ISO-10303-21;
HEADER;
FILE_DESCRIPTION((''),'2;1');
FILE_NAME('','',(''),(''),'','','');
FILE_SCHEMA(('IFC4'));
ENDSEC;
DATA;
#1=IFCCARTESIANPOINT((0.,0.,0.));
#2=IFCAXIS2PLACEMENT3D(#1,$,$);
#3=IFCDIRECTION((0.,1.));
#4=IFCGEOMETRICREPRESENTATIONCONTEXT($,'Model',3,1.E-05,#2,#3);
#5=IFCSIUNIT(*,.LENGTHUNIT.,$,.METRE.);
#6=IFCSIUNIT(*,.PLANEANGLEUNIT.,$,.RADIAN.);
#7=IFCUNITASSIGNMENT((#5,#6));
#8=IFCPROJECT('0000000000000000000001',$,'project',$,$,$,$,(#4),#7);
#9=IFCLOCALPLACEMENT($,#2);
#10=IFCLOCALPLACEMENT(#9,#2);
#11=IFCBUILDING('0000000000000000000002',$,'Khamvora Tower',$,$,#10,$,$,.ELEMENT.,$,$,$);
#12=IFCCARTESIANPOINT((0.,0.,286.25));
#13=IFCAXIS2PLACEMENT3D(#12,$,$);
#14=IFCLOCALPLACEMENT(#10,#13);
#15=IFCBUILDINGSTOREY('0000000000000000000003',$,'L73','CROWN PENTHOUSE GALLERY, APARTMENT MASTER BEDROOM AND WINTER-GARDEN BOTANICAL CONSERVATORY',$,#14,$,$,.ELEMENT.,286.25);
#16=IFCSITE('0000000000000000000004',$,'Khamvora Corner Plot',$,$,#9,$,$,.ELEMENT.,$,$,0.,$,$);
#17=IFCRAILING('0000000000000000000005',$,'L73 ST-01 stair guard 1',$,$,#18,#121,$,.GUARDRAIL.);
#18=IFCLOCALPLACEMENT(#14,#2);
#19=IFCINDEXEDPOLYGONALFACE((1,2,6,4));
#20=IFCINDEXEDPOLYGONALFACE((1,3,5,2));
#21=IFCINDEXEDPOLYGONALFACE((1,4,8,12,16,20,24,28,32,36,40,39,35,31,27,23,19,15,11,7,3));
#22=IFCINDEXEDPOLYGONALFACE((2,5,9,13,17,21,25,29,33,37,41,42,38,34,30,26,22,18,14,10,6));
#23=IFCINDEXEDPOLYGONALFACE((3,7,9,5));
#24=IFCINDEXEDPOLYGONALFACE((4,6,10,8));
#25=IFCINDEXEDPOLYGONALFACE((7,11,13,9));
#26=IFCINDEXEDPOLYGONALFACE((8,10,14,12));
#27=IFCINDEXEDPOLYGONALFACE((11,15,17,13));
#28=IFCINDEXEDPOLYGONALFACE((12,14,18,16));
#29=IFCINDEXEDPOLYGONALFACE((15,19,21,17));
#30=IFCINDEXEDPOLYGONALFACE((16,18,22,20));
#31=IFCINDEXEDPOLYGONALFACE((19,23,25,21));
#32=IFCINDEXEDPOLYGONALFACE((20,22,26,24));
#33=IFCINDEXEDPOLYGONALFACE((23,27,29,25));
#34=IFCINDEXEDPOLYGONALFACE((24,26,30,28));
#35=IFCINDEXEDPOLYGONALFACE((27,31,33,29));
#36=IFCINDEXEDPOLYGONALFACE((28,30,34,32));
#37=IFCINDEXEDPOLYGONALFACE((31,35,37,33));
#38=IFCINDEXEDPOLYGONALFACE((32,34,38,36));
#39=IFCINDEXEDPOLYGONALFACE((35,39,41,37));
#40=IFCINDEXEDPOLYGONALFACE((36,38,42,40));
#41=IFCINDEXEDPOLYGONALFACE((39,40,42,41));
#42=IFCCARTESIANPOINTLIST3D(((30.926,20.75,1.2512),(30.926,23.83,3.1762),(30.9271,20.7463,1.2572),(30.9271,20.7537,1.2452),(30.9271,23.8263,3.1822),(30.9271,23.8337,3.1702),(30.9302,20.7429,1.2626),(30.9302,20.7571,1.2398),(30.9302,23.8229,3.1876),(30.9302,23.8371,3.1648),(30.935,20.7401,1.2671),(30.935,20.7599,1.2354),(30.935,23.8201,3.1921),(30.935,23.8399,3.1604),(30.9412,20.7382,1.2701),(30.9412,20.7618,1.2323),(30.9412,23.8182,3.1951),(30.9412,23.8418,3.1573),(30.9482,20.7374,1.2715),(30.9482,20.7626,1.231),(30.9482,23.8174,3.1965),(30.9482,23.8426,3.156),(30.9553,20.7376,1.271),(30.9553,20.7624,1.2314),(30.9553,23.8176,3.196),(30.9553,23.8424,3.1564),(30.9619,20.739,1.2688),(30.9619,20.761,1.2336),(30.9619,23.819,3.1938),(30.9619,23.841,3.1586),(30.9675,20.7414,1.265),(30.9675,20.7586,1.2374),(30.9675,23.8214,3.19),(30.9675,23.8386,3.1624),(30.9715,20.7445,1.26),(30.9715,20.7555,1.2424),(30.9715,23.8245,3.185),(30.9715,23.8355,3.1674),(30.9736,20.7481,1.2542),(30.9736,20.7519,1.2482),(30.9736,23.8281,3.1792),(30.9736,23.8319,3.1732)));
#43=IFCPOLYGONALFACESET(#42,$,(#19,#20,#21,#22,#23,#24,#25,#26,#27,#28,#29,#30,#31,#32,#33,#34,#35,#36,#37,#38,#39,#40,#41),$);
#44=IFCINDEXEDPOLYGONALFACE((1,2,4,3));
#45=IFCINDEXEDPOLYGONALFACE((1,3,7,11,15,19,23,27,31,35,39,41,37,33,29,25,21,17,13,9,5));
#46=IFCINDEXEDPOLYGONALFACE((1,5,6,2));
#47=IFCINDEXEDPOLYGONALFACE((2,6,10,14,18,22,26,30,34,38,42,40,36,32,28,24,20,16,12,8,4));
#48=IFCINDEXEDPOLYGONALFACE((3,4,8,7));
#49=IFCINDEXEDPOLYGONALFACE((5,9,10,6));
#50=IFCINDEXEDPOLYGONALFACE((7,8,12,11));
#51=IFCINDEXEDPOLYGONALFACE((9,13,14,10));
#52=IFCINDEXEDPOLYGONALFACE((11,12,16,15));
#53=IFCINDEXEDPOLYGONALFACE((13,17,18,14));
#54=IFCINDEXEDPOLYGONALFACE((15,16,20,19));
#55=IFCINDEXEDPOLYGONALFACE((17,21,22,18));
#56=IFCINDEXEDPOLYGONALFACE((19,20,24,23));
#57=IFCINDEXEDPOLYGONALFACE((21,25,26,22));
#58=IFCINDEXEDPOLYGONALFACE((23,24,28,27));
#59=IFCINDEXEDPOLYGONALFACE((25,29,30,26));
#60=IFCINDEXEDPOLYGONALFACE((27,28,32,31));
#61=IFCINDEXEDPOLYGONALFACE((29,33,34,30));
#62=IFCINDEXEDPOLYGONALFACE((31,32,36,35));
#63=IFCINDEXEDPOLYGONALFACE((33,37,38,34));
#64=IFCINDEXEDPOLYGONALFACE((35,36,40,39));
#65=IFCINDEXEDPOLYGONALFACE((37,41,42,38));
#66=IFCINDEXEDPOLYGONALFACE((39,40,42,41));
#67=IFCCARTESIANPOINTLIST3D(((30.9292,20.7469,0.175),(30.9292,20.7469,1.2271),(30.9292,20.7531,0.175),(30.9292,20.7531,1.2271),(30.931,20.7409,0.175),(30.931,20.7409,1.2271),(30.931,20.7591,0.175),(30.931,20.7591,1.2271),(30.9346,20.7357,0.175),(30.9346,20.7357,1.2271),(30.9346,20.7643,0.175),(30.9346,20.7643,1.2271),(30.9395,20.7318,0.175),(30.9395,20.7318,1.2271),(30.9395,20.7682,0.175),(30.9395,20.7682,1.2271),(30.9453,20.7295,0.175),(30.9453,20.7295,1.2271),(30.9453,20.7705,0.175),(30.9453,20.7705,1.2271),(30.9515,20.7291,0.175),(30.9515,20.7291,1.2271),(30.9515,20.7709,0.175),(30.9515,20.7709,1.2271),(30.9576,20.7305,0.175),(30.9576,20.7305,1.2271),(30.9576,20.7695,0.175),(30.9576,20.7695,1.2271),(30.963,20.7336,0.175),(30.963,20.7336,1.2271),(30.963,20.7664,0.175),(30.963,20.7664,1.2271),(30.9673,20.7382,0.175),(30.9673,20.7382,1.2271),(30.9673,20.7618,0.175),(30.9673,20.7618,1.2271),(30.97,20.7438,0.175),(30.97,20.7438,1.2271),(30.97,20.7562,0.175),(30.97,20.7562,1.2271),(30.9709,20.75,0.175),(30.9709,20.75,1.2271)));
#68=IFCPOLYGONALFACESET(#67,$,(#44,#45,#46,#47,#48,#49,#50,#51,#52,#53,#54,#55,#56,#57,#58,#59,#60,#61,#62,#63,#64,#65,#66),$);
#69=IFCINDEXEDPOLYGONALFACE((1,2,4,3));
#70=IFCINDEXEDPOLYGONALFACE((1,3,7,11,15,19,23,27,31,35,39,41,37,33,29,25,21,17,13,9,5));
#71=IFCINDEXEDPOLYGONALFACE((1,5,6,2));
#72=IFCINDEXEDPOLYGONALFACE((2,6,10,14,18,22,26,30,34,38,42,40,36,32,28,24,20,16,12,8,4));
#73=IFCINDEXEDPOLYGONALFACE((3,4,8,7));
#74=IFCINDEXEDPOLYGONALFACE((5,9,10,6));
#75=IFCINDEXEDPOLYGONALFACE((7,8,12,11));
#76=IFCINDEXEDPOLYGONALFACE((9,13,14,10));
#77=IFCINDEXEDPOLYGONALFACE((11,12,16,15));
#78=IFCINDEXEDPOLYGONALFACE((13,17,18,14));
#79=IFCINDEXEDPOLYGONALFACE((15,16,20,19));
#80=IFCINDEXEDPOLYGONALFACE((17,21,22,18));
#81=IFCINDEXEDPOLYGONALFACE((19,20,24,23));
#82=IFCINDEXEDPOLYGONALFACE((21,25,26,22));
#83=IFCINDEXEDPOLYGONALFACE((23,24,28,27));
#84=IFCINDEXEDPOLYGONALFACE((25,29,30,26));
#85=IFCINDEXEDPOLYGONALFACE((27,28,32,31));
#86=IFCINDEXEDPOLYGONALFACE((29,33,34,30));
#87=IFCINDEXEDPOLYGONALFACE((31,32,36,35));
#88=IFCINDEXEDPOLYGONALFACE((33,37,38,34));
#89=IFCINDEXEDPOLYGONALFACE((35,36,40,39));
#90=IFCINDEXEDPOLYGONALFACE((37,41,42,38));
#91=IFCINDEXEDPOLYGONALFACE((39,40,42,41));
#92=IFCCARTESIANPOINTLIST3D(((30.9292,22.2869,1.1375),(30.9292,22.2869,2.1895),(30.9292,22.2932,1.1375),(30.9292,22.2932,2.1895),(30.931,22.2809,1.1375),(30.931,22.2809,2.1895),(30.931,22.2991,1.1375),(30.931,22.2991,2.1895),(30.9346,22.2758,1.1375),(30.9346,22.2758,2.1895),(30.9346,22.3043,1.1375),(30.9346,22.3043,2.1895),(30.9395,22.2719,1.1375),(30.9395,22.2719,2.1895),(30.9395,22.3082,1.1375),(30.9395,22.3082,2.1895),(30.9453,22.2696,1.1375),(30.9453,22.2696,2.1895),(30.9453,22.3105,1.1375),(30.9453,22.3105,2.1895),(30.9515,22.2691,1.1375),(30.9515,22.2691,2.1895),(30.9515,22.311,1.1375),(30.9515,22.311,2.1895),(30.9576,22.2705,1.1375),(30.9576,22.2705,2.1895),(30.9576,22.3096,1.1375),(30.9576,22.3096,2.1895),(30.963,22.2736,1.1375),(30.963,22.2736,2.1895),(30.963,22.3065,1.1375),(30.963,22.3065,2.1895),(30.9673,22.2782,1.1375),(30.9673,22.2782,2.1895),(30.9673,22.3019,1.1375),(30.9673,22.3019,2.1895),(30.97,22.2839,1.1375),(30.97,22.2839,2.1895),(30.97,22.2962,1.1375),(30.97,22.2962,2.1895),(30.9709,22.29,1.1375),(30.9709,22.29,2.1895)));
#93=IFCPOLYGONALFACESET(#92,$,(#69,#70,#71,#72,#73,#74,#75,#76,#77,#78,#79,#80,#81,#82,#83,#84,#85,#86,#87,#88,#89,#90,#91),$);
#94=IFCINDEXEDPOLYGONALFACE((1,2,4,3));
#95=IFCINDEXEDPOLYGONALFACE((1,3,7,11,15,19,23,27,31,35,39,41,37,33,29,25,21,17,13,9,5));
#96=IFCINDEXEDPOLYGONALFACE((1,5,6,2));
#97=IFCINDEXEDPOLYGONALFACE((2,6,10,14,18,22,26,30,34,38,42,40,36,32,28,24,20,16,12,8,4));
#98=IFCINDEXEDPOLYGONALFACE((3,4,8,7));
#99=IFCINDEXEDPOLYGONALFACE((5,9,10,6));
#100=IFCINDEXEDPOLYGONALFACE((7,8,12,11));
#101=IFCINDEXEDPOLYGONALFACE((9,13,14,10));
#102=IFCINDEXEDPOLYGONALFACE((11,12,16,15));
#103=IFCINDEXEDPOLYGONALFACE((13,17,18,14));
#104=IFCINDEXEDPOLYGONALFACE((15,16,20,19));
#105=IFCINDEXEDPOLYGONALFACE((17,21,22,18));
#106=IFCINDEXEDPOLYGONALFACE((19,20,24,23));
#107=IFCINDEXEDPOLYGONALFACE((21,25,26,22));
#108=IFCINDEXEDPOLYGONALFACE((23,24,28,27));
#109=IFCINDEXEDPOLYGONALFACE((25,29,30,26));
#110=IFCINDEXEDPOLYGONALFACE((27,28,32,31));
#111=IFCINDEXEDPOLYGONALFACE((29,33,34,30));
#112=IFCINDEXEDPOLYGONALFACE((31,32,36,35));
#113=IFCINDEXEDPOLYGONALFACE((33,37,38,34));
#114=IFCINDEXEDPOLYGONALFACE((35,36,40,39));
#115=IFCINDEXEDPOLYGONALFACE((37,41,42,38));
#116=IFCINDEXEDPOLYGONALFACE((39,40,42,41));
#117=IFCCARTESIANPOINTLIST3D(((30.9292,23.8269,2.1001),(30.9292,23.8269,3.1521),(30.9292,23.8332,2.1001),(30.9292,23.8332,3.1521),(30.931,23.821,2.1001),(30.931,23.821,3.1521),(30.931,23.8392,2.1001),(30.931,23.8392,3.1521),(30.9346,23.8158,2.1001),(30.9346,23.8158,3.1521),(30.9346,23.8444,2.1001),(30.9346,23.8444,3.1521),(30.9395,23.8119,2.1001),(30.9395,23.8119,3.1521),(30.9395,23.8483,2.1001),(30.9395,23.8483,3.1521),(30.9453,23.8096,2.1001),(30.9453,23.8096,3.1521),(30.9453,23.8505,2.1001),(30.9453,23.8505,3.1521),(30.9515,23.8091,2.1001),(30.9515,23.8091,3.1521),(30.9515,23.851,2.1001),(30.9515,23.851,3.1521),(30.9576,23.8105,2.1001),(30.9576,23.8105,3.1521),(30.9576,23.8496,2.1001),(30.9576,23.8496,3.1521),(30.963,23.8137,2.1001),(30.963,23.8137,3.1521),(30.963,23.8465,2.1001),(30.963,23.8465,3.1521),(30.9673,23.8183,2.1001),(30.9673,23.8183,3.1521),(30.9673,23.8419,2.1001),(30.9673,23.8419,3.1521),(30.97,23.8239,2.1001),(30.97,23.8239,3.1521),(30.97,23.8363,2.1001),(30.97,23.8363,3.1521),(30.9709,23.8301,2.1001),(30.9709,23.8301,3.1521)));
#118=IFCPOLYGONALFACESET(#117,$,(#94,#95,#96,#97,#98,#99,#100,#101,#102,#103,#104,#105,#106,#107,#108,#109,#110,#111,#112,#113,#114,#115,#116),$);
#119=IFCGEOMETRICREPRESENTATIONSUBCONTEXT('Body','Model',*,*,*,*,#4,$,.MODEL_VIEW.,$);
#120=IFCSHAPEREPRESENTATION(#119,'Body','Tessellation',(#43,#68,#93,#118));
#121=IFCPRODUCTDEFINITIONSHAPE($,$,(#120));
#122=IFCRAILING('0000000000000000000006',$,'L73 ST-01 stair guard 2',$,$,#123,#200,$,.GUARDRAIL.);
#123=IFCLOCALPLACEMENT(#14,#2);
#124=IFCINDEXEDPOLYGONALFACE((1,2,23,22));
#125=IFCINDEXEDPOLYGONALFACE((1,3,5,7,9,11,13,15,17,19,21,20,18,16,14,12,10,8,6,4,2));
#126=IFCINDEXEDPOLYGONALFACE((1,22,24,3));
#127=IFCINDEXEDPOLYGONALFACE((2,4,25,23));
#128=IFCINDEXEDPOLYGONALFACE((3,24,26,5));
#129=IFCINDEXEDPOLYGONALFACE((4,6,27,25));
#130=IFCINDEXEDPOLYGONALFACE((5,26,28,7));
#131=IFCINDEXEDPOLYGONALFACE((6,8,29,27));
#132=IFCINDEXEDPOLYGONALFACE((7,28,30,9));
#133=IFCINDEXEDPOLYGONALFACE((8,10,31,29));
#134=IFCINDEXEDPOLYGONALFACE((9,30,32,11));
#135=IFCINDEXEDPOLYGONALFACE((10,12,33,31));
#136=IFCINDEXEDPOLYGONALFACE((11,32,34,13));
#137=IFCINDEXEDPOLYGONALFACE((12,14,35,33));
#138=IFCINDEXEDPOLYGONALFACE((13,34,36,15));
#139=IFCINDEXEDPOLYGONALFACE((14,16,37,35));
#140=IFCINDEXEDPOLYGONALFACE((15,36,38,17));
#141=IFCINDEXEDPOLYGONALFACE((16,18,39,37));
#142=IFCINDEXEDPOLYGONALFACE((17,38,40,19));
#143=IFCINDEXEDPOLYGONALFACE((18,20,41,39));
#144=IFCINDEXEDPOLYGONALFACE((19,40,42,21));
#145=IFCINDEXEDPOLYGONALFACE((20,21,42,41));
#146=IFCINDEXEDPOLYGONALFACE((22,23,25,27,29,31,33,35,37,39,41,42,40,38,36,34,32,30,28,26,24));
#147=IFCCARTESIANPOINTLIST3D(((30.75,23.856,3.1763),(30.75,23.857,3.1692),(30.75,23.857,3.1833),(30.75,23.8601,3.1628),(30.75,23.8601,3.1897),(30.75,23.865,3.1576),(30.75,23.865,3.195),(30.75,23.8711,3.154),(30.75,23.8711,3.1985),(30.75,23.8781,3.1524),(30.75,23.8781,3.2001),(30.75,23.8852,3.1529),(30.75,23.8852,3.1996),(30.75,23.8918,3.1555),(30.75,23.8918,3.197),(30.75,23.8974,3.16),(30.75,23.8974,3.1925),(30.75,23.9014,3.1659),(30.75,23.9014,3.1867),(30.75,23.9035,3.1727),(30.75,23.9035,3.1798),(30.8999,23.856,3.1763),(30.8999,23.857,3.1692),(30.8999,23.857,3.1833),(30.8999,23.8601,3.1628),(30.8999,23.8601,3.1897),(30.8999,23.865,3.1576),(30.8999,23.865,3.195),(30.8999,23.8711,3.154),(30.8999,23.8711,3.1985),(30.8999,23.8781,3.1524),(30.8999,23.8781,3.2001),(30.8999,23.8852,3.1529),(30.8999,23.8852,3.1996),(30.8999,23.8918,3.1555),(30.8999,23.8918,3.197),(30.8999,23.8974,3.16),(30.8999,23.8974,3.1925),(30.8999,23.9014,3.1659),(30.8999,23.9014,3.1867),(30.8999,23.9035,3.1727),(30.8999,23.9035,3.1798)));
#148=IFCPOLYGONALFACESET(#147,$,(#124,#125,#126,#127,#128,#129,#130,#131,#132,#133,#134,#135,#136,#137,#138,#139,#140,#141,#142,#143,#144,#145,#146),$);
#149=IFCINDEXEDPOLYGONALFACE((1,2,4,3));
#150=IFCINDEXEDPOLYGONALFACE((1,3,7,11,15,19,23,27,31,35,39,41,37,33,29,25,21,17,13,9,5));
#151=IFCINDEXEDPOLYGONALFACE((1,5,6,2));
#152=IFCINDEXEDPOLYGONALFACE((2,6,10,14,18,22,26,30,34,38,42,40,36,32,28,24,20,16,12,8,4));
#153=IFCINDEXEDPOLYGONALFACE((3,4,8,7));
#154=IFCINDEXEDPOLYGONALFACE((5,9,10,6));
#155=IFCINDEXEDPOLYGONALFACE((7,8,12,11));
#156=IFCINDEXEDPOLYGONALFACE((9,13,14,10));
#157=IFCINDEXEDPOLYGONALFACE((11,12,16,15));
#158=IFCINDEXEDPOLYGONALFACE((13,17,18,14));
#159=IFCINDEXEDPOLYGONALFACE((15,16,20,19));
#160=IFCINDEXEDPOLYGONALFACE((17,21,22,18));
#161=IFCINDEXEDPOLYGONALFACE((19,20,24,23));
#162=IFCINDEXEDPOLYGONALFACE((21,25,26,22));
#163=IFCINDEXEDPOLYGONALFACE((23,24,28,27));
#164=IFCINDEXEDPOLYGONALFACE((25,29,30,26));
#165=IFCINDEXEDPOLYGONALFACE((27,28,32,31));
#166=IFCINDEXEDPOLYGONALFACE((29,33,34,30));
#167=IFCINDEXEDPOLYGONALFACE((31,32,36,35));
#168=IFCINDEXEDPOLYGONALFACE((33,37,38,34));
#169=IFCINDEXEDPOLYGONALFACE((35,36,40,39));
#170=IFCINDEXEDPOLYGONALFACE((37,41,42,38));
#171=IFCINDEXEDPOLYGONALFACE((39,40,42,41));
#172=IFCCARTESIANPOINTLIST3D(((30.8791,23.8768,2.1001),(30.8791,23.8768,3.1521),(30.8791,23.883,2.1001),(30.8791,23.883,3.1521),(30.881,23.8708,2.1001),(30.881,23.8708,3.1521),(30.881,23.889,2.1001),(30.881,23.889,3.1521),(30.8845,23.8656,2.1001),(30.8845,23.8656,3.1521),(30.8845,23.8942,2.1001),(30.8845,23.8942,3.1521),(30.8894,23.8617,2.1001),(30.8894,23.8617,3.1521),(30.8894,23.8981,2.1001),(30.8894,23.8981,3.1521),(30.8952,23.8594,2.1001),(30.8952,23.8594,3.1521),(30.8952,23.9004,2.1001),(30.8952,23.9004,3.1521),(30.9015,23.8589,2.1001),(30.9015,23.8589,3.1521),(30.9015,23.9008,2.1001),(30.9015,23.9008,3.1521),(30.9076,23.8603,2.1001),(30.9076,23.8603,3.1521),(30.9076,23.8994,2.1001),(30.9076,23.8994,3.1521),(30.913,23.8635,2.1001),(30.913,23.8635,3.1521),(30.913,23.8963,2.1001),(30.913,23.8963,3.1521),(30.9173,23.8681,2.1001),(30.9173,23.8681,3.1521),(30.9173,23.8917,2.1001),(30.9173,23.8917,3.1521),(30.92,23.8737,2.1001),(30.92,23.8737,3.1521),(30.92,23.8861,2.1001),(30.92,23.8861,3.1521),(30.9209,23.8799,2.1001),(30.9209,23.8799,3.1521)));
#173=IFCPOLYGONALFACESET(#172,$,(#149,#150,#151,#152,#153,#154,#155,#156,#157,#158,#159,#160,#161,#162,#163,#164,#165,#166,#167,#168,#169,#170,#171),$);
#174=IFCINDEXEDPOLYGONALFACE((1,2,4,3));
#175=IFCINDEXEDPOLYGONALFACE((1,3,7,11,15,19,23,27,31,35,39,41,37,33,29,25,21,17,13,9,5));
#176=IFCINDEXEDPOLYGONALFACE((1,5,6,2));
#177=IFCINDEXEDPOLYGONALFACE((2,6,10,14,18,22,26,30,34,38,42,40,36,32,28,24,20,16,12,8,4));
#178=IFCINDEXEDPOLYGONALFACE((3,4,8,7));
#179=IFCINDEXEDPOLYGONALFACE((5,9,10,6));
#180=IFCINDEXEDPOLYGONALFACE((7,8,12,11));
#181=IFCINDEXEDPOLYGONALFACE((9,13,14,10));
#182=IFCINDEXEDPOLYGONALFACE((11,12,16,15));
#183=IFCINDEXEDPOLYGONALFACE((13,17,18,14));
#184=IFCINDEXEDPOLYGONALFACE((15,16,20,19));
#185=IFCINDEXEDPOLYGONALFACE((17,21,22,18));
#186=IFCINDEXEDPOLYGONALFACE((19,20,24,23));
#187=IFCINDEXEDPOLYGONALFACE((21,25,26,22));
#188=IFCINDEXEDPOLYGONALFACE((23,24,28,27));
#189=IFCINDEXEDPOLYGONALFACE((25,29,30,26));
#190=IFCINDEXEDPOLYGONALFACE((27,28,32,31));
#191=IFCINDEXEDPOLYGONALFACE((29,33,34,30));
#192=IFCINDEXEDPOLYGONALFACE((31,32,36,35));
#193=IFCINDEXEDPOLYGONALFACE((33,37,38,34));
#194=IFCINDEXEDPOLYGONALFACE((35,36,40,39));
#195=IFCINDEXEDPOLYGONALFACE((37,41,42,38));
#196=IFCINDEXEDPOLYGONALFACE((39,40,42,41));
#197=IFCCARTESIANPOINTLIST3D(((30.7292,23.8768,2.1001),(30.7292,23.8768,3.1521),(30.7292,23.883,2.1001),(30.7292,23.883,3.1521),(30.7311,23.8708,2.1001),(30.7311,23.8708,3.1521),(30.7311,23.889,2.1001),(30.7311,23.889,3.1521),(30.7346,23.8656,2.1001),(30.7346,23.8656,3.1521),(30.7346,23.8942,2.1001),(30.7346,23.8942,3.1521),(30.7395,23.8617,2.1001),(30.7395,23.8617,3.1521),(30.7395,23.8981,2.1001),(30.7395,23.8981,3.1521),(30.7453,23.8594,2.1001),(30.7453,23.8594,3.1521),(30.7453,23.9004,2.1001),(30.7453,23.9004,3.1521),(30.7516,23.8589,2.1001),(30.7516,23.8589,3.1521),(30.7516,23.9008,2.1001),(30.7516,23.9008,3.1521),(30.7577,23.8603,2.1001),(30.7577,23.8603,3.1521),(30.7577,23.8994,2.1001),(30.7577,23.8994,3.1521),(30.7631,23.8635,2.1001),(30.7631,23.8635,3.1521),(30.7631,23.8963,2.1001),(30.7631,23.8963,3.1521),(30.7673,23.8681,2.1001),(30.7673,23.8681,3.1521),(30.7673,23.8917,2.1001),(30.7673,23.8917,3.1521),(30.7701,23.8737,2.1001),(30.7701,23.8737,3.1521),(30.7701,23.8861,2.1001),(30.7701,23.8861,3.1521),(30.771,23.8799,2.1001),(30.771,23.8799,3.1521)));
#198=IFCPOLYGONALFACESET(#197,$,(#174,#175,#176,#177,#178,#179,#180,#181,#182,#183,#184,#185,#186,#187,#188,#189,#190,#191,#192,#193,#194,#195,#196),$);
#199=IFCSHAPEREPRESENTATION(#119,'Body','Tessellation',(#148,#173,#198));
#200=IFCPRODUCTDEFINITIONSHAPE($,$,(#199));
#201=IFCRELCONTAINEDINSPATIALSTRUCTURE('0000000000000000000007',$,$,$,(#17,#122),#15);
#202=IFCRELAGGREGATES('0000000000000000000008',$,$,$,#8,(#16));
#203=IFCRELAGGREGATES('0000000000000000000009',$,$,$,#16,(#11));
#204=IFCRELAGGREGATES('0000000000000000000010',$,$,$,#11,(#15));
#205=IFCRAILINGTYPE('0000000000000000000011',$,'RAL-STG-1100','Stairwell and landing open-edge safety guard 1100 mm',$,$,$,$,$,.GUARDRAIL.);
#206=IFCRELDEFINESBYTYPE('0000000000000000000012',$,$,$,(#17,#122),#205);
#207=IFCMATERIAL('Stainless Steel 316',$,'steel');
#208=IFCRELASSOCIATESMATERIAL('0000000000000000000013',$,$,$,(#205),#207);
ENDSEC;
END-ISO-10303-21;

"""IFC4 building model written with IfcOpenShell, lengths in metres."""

from ifc_helpers import new_model, si_unit, direction, frame, origin, origin_2d, place, context, subcontext, project, spatial, circle, extrude, material, type_object, element, save


model = new_model("IFC4")

# Units and contexts
model_context = context("Model", 3, precision=1e-05, world=origin(), true_north=direction((0.0, 1.0)))
body_context = subcontext(model_context, "Body", "Model", "MODEL_VIEW")
ifc_project = project(units=[si_unit("LENGTHUNIT", "METRE"), si_unit("PLANEANGLEUNIT", "RADIAN")], contexts=[model_context])

# Site, building, storey
site_placement = place(None, origin())
site = spatial("IfcSite", under=ifc_project, at=site_placement, Name="Khamvora Corner Plot", CompositionType="ELEMENT", RefElevation=0.0)
building_placement = place(site_placement, origin())
building = spatial("IfcBuilding", under=site, at=building_placement, Name="Khamvora Tower", CompositionType="ELEMENT")
storey_placement = place(building_placement, frame((0.0, 0.0, 286.25)))
storey = spatial("IfcBuildingStorey", under=building, at=storey_placement, Name="L73", Description="CROWN PENTHOUSE GALLERY, APARTMENT MASTER BEDROOM AND WINTER-GARDEN BOTANICAL CONSERVATORY", CompositionType="ELEMENT", Elevation=286.25)

# Railings
ifc_material_1 = material(Name="Stainless Steel 316", Category="steel")
railing_type_1 = type_object("IfcRailingType", Name="RAL-STG-1100", Description="Stairwell and landing open-edge safety guard 1100 mm", PredefinedType="GUARDRAIL", material=ifc_material_1)
railing_1_placement = place(storey_placement, frame((30.95, 20.75, 0.175)))
element("IfcRailing", 1, at=railing_1_placement, inside=storey, type_object=railing_type_1, Name="L73 ST-01 stair guard 1", PredefinedType="GUARDRAIL", context=body_context, shape_type="SweptSolid", body=[
    extrude(circle(Radius=0.0239, at=origin_2d()), frame((0.0, 0.0, 1.0762), z_axis=(0.0, 0.847998, 0.529999), x_axis=(-1.0, 0.0, 0.0)), (0.0, 0.0, 1.0), 3.6321),
    extrude(circle(Radius=0.021, at=origin_2d()), origin(), (0.0, 0.0, 1.0), 1.052),
    extrude(circle(Radius=0.021, at=origin_2d()), frame((0.0, 1.54, 0.9624)), (0.0, 0.0, 1.0), 1.052),
    extrude(circle(Radius=0.021, at=origin_2d()), frame((0.0, 3.0801, 1.925)), (0.0, 0.0, 1.0), 1.052),
])
railing_2_placement = place(storey_placement, frame((30.8999, 23.8799, 2.1001)))
element("IfcRailing", 2, at=railing_2_placement, inside=storey, type_object=railing_type_1, Name="L73 ST-01 stair guard 2", PredefinedType="GUARDRAIL", context=body_context, shape_type="SweptSolid", body=[
    extrude(circle(Radius=0.0239, at=origin_2d()), frame((0.0, 0.0, 1.0762), z_axis=(-1.0, 0.0, 0.0), x_axis=(0.0, -1.0, 0.0)), (0.0, 0.0, 1.0), 0.1499),
    extrude(circle(Radius=0.021, at=origin_2d()), origin(), (0.0, 0.0, 1.0), 1.052),
    extrude(circle(Radius=0.021, at=origin_2d()), frame((-0.1499, 0.0, 0.0)), (0.0, 0.0, 1.0), 1.052),
])

save(model, "model.ifc")
